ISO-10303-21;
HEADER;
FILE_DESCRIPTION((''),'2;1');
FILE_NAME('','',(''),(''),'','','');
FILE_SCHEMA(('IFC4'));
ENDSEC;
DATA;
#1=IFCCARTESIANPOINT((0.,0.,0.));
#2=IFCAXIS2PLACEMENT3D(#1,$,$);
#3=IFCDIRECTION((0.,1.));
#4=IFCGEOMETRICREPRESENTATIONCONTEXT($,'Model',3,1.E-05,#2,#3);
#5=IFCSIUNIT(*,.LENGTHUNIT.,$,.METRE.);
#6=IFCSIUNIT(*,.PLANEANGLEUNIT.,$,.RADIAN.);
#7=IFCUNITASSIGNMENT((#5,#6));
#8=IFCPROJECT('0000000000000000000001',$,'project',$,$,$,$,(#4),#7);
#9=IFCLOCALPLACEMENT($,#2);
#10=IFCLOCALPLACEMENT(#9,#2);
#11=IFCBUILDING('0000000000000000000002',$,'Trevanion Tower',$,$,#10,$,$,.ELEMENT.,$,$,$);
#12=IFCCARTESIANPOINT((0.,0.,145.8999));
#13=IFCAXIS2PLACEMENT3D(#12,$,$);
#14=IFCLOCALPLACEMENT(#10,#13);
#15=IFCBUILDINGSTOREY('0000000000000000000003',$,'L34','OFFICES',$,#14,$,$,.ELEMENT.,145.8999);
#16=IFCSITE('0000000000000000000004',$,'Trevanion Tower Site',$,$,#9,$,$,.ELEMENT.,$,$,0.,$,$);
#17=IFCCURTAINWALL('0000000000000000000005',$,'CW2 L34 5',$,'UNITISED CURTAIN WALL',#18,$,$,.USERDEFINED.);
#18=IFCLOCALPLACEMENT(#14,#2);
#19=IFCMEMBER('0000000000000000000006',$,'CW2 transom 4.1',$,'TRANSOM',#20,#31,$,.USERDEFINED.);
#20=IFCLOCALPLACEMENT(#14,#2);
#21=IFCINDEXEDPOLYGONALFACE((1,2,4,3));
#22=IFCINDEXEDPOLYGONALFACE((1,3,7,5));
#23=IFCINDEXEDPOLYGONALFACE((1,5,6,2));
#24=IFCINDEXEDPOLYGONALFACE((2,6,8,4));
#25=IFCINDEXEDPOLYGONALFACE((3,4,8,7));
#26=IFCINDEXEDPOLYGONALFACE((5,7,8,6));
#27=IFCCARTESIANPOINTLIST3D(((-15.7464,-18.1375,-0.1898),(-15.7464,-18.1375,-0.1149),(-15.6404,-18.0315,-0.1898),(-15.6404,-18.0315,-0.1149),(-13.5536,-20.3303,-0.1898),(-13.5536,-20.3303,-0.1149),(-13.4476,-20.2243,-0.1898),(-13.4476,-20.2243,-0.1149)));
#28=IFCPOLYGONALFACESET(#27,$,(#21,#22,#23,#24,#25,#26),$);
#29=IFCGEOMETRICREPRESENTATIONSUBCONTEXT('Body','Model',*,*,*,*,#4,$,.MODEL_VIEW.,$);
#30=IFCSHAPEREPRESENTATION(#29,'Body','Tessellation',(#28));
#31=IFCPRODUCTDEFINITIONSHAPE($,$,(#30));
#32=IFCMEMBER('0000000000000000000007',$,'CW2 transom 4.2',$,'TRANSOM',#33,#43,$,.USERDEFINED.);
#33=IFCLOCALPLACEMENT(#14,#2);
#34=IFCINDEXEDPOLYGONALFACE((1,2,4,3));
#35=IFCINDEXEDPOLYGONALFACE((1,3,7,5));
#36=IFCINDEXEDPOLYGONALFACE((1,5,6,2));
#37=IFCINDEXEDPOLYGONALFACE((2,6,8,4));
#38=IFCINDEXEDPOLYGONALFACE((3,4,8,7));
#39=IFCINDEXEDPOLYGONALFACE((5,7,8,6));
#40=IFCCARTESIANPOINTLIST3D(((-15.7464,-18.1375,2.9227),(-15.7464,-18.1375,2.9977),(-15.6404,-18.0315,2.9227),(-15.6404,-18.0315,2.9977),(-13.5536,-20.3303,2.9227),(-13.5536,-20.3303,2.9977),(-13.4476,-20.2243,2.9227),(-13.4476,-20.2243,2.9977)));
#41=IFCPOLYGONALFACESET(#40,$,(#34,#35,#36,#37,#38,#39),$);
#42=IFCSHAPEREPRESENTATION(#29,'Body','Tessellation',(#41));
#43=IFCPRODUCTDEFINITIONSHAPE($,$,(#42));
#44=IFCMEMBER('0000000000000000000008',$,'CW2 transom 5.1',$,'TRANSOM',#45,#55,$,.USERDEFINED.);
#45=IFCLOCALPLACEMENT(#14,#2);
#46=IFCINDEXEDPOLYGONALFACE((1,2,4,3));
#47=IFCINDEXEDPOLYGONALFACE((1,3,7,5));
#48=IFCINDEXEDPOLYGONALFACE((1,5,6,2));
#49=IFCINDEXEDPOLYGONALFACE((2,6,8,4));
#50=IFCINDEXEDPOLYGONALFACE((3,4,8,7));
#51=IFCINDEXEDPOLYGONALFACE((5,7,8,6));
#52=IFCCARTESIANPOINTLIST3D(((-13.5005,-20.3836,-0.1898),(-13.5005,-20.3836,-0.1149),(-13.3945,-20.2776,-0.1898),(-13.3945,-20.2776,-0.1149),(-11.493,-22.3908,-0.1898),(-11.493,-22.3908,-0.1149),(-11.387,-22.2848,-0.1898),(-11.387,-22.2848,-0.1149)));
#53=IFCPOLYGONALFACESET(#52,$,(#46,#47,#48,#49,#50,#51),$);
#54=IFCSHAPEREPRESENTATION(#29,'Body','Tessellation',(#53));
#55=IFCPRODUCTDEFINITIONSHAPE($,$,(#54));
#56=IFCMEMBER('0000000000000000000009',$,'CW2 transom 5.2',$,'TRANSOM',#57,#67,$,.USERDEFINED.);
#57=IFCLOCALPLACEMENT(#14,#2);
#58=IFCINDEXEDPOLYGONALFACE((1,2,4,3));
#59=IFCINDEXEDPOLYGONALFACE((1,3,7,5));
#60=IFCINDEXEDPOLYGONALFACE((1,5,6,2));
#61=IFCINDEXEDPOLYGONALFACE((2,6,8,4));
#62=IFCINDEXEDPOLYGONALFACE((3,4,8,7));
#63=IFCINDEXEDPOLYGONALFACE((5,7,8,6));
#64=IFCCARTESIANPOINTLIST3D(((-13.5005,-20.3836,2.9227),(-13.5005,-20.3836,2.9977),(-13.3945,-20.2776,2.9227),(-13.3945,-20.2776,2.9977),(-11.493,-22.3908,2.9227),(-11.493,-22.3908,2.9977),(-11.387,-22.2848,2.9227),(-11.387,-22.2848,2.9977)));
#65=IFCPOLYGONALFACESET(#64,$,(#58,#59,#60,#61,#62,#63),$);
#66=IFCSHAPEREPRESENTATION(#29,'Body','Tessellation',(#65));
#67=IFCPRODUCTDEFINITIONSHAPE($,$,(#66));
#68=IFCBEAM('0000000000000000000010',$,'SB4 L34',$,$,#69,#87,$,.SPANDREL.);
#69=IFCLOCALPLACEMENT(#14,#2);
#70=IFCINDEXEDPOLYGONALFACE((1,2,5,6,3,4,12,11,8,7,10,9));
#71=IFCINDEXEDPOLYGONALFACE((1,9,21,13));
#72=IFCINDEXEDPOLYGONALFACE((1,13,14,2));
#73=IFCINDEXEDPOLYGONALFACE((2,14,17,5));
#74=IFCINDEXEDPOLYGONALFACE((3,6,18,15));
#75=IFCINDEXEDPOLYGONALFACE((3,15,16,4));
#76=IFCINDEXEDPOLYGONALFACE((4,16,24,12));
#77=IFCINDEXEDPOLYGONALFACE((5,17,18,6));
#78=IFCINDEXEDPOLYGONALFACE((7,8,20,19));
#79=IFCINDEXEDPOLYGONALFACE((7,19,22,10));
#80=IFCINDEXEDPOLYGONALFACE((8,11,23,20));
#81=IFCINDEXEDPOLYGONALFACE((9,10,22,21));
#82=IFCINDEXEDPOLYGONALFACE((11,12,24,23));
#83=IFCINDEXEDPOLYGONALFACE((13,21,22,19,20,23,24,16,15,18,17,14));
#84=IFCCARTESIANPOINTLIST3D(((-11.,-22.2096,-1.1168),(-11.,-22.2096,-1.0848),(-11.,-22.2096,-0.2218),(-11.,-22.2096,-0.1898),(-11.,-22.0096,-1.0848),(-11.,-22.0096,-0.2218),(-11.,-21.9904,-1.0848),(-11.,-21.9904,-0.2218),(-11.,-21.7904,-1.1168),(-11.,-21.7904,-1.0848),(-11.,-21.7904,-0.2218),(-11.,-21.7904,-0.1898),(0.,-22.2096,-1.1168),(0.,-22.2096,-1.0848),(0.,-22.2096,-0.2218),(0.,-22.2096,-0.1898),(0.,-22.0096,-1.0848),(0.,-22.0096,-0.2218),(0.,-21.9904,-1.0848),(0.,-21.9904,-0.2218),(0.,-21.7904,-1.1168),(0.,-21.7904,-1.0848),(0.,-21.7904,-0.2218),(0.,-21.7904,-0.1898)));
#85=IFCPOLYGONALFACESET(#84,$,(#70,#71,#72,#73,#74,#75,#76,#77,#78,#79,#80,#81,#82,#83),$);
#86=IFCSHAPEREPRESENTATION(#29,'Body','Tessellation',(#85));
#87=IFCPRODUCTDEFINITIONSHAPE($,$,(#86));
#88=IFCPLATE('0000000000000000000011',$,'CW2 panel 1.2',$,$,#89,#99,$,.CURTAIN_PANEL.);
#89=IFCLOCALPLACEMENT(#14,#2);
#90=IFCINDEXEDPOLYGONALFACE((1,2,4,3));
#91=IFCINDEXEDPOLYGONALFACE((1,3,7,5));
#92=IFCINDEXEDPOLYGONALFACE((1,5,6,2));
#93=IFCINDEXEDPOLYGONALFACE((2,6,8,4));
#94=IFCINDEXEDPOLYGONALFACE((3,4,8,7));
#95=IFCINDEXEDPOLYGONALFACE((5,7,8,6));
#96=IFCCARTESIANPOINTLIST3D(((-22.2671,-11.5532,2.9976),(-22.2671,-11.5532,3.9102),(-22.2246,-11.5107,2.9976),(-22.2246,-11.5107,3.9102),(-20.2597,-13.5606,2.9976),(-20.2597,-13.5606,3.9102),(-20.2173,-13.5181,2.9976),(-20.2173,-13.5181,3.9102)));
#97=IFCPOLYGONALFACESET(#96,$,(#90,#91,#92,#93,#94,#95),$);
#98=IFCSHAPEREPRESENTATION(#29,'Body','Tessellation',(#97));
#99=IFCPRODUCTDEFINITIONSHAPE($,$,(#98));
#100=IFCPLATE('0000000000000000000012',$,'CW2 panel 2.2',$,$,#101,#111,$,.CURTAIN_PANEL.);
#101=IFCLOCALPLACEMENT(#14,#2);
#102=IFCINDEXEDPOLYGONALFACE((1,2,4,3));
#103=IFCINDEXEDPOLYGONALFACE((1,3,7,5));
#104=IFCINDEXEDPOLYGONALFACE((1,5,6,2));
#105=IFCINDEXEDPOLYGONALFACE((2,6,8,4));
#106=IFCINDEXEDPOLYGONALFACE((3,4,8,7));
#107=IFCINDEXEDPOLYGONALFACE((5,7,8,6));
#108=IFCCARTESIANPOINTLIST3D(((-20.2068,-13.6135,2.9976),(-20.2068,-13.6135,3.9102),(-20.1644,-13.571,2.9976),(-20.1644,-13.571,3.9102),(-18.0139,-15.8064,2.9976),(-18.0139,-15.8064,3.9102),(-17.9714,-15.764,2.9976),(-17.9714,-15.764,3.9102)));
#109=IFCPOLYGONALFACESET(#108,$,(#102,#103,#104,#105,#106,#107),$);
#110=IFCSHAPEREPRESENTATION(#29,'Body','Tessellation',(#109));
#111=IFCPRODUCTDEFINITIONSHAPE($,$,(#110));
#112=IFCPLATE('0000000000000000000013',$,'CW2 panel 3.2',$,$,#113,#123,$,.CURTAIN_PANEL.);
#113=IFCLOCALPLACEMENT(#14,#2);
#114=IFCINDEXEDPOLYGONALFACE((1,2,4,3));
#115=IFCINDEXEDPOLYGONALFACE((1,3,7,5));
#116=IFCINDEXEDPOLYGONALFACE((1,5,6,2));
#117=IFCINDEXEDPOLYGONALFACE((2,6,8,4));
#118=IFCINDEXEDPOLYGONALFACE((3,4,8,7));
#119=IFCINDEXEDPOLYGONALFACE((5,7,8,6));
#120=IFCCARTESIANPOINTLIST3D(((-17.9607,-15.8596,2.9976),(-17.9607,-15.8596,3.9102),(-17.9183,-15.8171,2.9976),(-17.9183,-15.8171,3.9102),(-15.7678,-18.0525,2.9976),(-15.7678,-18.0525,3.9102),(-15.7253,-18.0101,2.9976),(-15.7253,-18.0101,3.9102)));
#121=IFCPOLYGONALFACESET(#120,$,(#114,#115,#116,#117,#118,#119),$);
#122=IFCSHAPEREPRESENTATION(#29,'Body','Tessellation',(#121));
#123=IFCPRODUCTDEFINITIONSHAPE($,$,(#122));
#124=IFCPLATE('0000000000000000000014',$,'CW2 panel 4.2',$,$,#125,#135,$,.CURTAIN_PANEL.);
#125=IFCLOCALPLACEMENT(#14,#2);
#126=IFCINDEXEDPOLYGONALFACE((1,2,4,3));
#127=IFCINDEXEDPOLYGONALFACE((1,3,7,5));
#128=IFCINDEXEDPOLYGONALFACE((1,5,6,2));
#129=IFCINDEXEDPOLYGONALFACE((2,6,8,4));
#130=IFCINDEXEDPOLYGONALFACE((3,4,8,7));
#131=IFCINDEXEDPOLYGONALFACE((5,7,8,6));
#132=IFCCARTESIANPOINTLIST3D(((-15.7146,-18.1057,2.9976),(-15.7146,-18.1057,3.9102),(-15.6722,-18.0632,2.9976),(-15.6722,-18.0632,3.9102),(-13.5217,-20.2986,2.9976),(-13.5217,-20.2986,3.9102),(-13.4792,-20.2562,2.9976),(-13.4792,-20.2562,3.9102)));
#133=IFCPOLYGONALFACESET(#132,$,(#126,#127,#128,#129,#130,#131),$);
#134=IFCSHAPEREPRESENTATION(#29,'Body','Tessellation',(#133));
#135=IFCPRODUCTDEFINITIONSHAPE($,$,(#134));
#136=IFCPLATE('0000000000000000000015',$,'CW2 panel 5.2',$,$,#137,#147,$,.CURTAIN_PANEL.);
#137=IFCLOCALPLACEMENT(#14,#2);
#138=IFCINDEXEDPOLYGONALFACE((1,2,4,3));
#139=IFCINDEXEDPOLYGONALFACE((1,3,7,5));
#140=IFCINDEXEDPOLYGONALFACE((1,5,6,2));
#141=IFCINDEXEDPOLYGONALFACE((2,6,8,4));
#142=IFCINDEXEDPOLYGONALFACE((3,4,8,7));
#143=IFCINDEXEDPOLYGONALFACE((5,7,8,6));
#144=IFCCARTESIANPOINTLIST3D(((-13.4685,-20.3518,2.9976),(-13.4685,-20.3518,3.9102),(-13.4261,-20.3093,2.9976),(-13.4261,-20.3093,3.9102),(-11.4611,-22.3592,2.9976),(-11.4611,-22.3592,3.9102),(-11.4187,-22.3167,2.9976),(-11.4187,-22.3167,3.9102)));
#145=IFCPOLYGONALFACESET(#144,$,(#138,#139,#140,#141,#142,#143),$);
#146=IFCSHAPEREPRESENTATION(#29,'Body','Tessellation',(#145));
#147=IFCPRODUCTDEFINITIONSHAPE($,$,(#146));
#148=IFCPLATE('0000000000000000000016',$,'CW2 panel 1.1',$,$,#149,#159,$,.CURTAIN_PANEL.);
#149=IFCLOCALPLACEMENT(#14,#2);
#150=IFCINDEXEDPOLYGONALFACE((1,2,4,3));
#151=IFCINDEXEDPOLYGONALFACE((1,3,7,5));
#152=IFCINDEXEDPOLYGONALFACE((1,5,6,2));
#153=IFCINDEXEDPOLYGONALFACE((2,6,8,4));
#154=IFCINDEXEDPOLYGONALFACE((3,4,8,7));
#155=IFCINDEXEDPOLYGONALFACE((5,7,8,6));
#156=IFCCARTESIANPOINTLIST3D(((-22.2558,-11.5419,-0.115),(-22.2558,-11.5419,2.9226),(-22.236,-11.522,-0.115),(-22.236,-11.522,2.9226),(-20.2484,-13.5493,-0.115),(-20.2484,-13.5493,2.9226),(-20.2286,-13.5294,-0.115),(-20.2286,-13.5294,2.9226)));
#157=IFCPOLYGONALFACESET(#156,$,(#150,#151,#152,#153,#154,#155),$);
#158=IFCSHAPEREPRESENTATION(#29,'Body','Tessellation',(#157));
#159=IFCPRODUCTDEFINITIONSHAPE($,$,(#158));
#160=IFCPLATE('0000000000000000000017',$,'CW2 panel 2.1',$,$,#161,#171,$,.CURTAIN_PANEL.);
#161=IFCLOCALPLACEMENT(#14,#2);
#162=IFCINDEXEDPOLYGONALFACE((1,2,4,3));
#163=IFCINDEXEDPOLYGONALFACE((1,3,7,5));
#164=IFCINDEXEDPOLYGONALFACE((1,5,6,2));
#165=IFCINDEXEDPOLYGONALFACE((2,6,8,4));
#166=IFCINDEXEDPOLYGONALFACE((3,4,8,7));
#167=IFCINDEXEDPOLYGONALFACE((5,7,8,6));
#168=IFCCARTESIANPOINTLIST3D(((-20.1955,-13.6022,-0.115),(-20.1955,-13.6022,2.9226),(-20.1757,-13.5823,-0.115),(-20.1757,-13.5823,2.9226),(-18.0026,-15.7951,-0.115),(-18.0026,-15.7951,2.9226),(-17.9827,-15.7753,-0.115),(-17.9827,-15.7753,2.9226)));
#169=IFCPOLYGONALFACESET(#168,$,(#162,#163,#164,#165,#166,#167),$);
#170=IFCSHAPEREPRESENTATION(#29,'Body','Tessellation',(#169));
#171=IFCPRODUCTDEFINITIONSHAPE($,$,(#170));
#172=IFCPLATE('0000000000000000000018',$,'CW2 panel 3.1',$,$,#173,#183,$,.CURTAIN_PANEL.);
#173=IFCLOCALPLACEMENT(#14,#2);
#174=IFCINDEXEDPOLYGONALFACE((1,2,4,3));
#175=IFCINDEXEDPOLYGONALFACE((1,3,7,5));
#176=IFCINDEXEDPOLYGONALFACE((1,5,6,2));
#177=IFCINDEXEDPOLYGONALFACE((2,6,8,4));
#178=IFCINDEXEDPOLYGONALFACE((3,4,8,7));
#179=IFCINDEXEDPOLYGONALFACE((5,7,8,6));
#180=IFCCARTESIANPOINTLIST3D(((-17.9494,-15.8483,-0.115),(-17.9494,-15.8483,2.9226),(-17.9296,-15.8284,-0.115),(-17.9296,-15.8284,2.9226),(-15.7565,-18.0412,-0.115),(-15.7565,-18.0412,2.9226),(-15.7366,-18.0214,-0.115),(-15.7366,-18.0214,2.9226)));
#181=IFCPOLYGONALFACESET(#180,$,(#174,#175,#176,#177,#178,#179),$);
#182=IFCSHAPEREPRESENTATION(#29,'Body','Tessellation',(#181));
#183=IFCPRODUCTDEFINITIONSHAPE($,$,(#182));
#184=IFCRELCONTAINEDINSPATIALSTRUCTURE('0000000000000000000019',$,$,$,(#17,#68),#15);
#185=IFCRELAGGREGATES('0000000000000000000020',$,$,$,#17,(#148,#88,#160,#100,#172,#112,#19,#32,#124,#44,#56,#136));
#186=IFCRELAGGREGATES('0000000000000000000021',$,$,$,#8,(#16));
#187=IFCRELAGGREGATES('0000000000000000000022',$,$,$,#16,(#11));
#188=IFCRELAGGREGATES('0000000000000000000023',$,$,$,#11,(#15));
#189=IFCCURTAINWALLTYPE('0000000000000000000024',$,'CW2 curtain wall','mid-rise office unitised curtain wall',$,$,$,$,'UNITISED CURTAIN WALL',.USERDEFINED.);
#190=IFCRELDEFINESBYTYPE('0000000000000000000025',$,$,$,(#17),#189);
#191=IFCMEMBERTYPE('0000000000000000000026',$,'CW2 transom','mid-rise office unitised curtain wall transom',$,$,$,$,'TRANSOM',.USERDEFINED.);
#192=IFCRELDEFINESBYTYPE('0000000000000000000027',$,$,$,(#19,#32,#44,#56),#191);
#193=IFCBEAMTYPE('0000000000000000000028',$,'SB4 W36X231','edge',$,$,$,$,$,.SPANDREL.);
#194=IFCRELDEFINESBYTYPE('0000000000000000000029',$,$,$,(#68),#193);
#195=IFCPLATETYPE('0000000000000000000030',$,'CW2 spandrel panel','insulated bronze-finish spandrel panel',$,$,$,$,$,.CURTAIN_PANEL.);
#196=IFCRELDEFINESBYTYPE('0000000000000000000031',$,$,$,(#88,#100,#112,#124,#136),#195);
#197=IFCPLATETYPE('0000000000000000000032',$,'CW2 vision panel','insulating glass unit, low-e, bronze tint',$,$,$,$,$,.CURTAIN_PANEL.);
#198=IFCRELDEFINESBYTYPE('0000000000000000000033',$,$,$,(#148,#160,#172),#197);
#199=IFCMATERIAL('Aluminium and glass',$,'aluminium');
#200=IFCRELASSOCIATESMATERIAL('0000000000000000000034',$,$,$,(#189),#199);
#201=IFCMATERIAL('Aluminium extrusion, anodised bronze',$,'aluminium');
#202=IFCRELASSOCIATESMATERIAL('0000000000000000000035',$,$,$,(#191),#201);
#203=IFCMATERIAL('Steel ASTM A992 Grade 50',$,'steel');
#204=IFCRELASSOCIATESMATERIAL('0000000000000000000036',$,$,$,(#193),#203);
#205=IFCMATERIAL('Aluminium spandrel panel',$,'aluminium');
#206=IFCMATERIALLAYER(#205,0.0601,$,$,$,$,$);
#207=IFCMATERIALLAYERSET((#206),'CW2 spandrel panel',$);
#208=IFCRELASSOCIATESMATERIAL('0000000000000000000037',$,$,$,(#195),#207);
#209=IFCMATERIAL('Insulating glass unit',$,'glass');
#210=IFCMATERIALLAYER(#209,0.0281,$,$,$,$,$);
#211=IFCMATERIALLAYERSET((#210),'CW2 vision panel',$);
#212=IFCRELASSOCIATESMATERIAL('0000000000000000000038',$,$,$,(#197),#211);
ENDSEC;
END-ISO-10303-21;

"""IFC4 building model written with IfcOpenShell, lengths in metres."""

from ifc_helpers import new_model, si_unit, direction, frame, origin, origin_2d, place, context, subcontext, project, spatial, rectangle, i_section, extrude, material, layer, layer_set, material_profile, profile_set, type_object, element, aggregate, save


model = new_model("IFC4")

# Units and contexts
model_context = context("Model", 3, precision=1e-05, world=origin(), true_north=direction((0.0, 1.0)))
body_context = subcontext(model_context, "Body", "Model", "MODEL_VIEW")
ifc_project = project(units=[si_unit("LENGTHUNIT", "METRE"), si_unit("PLANEANGLEUNIT", "RADIAN")], contexts=[model_context])

# Site, building, storey
site_placement = place(None, origin())
site = spatial("IfcSite", under=ifc_project, at=site_placement, Name="Trevanion Tower Site", CompositionType="ELEMENT", RefElevation=0.0)
building_placement = place(site_placement, origin())
building = spatial("IfcBuilding", under=site, at=building_placement, Name="Trevanion Tower", CompositionType="ELEMENT")
storey_placement = place(building_placement, frame((0.0, 0.0, 145.8999)))
storey = spatial("IfcBuildingStorey", under=building, at=storey_placement, Name="L34", Description="OFFICES", CompositionType="ELEMENT", Elevation=145.8999)

# Curtain wall, members
ifc_material_1 = material(Name="Aluminium and glass", Category="aluminium")
curtain_wall_type = type_object("IfcCurtainWallType", Name="CW2 curtain wall", Description="mid-rise office unitised curtain wall", ElementType="UNITISED CURTAIN WALL", PredefinedType="USERDEFINED", material=ifc_material_1)
curtain_wall_placement = place(storey_placement, origin())
curtain_wall = element("IfcCurtainWall", 1, at=curtain_wall_placement, inside=storey, type_object=curtain_wall_type, Name="CW2 L34 5", ObjectType="UNITISED CURTAIN WALL", PredefinedType="USERDEFINED")
ifc_material_2 = material(Name="Aluminium extrusion, anodised bronze", Category="aluminium")
ifc_material_profile_1 = material_profile(ifc_material_2, rectangle(XDim=0.1499, YDim=0.075, at=origin_2d()), Name="CW2 transom")
ifc_profile_set_1 = profile_set([ifc_material_profile_1], Name="Aluminium extrusion, anodised bronze")
member_type_1 = type_object("IfcMemberType", Name="CW2 transom", Description="mid-rise office unitised curtain wall transom", ElementType="TRANSOM", PredefinedType="USERDEFINED", material=ifc_profile_set_1)
member_1_placement = place(storey_placement, frame((-15.6934, -18.0845, -0.1523), z_axis=(0.707107, -0.707107, 0.0), x_axis=(0.707107, 0.707107, 0.0)))
member_1 = element("IfcMember", 2, at=member_1_placement, type_object=member_type_1, Name="CW2 transom 4.1", ObjectType="TRANSOM", PredefinedType="USERDEFINED", context=body_context, shape_type="SweptSolid", body=[
    extrude(rectangle(XDim=0.1499, YDim=0.075, at=origin_2d()), origin(), (0.0, 0.0, 1.0), 3.1011),
])
member_2_placement = place(storey_placement, frame((-15.6934, -18.0845, 2.9602), z_axis=(0.707107, -0.707107, 0.0), x_axis=(0.707107, 0.707107, 0.0)))
member_2 = element("IfcMember", 3, at=member_2_placement, type_object=member_type_1, Name="CW2 transom 4.2", ObjectType="TRANSOM", PredefinedType="USERDEFINED", context=body_context, shape_type="SweptSolid", body=[
    extrude(rectangle(XDim=0.1499, YDim=0.075, at=origin_2d()), origin(), (0.0, 0.0, 1.0), 3.1011),
])
member_3_placement = place(storey_placement, frame((-13.4475, -20.3306, -0.1523), z_axis=(0.70715, -0.707064, 0.0), x_axis=(0.707064, 0.70715, 0.0)))
member_3 = element("IfcMember", 4, at=member_3_placement, type_object=member_type_1, Name="CW2 transom 5.1", ObjectType="TRANSOM", PredefinedType="USERDEFINED", context=body_context, shape_type="SweptSolid", body=[
    extrude(rectangle(XDim=0.1499, YDim=0.075, at=origin_2d()), origin(), (0.0, 0.0, 1.0), 2.8389),
])
member_4_placement = place(storey_placement, frame((-13.4475, -20.3306, 2.9602), z_axis=(0.70715, -0.707064, 0.0), x_axis=(0.707064, 0.70715, 0.0)))
member_4 = element("IfcMember", 5, at=member_4_placement, type_object=member_type_1, Name="CW2 transom 5.2", ObjectType="TRANSOM", PredefinedType="USERDEFINED", context=body_context, shape_type="SweptSolid", body=[
    extrude(rectangle(XDim=0.1499, YDim=0.075, at=origin_2d()), origin(), (0.0, 0.0, 1.0), 2.8389),
])

# Beam
ifc_material_3 = material(Name="Steel ASTM A992 Grade 50", Category="steel")
ifc_material_profile_2 = material_profile(ifc_material_3, i_section(OverallWidth=0.4192, OverallDepth=0.927, WebThickness=0.0193, FlangeThickness=0.032, at=origin_2d()), Name="W36X231")
ifc_profile_set_2 = profile_set([ifc_material_profile_2], Name="Steel ASTM A992 Grade 50")
beam_type_1 = type_object("IfcBeamType", Name="SB4 W36X231", Description="edge", PredefinedType="SPANDREL", material=ifc_profile_set_2)
beam_1_placement = place(storey_placement, frame((-11.0, -22.0, -0.6533), z_axis=(1.0, 0.0, 0.0), x_axis=(0.0, 1.0, 0.0)))
element("IfcBeam", 6, at=beam_1_placement, inside=storey, type_object=beam_type_1, Name="SB4 L34", PredefinedType="SPANDREL", context=body_context, shape_type="SweptSolid", body=[
    extrude(i_section(OverallWidth=0.4192, OverallDepth=0.927, WebThickness=0.0193, FlangeThickness=0.032, at=origin_2d()), origin(), (0.0, 0.0, 1.0), 11.0),
])

# Plates
ifc_material_4 = material(Name="Aluminium spandrel panel", Category="aluminium")
ifc_layer_1 = layer(ifc_material_4, 0.0601)
ifc_layer_set_1 = layer_set([ifc_layer_1], Name="CW2 spandrel panel")
plate_type_1 = type_object("IfcPlateType", Name="CW2 spandrel panel", Description="insulated bronze-finish spandrel panel", PredefinedType="CURTAIN_PANEL", material=ifc_layer_set_1)
plate_1_placement = place(storey_placement, frame((-21.2422, -12.5356, 2.9976), z_axis=(0.0, 0.0, 1.0), x_axis=(0.707107, -0.707107, 0.0)))
plate_1 = element("IfcPlate", 7, at=plate_1_placement, type_object=plate_type_1, Name="CW2 panel 1.2", PredefinedType="CURTAIN_PANEL", context=body_context, shape_type="SweptSolid", body=[
    extrude(rectangle(XDim=2.8389, YDim=0.0601, at=origin_2d()), origin(), (0.0, 0.0, 1.0), 0.9126),
])
plate_2_placement = place(storey_placement, frame((-19.0891, -14.6887, 2.9976), z_axis=(0.0, 0.0, 1.0), x_axis=(0.707107, -0.707107, 0.0)))
plate_2 = element("IfcPlate", 8, at=plate_2_placement, type_object=plate_type_1, Name="CW2 panel 2.2", PredefinedType="CURTAIN_PANEL", context=body_context, shape_type="SweptSolid", body=[
    extrude(rectangle(XDim=3.1013, YDim=0.0601, at=origin_2d()), origin(), (0.0, 0.0, 1.0), 0.9126),
])
plate_3_placement = place(storey_placement, frame((-16.843, -16.9348, 2.9976), z_axis=(0.0, 0.0, 1.0), x_axis=(0.707107, -0.707107, 0.0)))
plate_3 = element("IfcPlate", 9, at=plate_3_placement, type_object=plate_type_1, Name="CW2 panel 3.2", PredefinedType="CURTAIN_PANEL", context=body_context, shape_type="SweptSolid", body=[
    extrude(rectangle(XDim=3.1013, YDim=0.0601, at=origin_2d()), origin(), (0.0, 0.0, 1.0), 0.9126),
])
plate_4_placement = place(storey_placement, frame((-14.5969, -19.1809, 2.9976), z_axis=(0.0, 0.0, 1.0), x_axis=(0.707107, -0.707107, 0.0)))
plate_4 = element("IfcPlate", 10, at=plate_4_placement, type_object=plate_type_1, Name="CW2 panel 4.2", PredefinedType="CURTAIN_PANEL", context=body_context, shape_type="SweptSolid", body=[
    extrude(rectangle(XDim=3.1013, YDim=0.0601, at=origin_2d()), origin(), (0.0, 0.0, 1.0), 0.9126),
])
plate_5_placement = place(storey_placement, frame((-12.4436, -21.3342, 2.9976), z_axis=(0.0, 0.0, 1.0), x_axis=(0.707107, -0.707107, 0.0)))
plate_5 = element("IfcPlate", 11, at=plate_5_placement, type_object=plate_type_1, Name="CW2 panel 5.2", PredefinedType="CURTAIN_PANEL", context=body_context, shape_type="SweptSolid", body=[
    extrude(rectangle(XDim=2.8389, YDim=0.0601, at=origin_2d()), origin(), (0.0, 0.0, 1.0), 0.9126),
])
ifc_material_5 = material(Name="Insulating glass unit", Category="glass")
ifc_layer_2 = layer(ifc_material_5, 0.0281)
ifc_layer_set_2 = layer_set([ifc_layer_2], Name="CW2 vision panel")
plate_type_2 = type_object("IfcPlateType", Name="CW2 vision panel", Description="insulating glass unit, low-e, bronze tint", PredefinedType="CURTAIN_PANEL", material=ifc_layer_set_2)
plate_6_placement = place(storey_placement, frame((-21.2422, -12.5356, -0.115), z_axis=(0.0, 0.0, 1.0), x_axis=(0.707107, -0.707107, 0.0)))
plate_6 = element("IfcPlate", 12, at=plate_6_placement, type_object=plate_type_2, Name="CW2 panel 1.1", PredefinedType="CURTAIN_PANEL", context=body_context, shape_type="SweptSolid", body=[
    extrude(rectangle(XDim=2.8389, YDim=0.0281, at=origin_2d()), origin(), (0.0, 0.0, 1.0), 3.0376),
])
plate_7_placement = place(storey_placement, frame((-19.0891, -14.6887, -0.115), z_axis=(0.0, 0.0, 1.0), x_axis=(0.707107, -0.707107, 0.0)))
plate_7 = element("IfcPlate", 13, at=plate_7_placement, type_object=plate_type_2, Name="CW2 panel 2.1", PredefinedType="CURTAIN_PANEL", context=body_context, shape_type="SweptSolid", body=[
    extrude(rectangle(XDim=3.1013, YDim=0.0281, at=origin_2d()), origin(), (0.0, 0.0, 1.0), 3.0376),
])
plate_8_placement = place(storey_placement, frame((-16.843, -16.9348, -0.115), z_axis=(0.0, 0.0, 1.0), x_axis=(0.707107, -0.707107, 0.0)))
plate_8 = element("IfcPlate", 14, at=plate_8_placement, type_object=plate_type_2, Name="CW2 panel 3.1", PredefinedType="CURTAIN_PANEL", context=body_context, shape_type="SweptSolid", body=[
    extrude(rectangle(XDim=3.1013, YDim=0.0281, at=origin_2d()), origin(), (0.0, 0.0, 1.0), 3.0376),
])
aggregate(curtain_wall, [plate_6, plate_1, plate_7, plate_2, plate_8, plate_3, member_1, member_2, plate_4, member_3, member_4, plate_5])

save(model, "model.ifc")
